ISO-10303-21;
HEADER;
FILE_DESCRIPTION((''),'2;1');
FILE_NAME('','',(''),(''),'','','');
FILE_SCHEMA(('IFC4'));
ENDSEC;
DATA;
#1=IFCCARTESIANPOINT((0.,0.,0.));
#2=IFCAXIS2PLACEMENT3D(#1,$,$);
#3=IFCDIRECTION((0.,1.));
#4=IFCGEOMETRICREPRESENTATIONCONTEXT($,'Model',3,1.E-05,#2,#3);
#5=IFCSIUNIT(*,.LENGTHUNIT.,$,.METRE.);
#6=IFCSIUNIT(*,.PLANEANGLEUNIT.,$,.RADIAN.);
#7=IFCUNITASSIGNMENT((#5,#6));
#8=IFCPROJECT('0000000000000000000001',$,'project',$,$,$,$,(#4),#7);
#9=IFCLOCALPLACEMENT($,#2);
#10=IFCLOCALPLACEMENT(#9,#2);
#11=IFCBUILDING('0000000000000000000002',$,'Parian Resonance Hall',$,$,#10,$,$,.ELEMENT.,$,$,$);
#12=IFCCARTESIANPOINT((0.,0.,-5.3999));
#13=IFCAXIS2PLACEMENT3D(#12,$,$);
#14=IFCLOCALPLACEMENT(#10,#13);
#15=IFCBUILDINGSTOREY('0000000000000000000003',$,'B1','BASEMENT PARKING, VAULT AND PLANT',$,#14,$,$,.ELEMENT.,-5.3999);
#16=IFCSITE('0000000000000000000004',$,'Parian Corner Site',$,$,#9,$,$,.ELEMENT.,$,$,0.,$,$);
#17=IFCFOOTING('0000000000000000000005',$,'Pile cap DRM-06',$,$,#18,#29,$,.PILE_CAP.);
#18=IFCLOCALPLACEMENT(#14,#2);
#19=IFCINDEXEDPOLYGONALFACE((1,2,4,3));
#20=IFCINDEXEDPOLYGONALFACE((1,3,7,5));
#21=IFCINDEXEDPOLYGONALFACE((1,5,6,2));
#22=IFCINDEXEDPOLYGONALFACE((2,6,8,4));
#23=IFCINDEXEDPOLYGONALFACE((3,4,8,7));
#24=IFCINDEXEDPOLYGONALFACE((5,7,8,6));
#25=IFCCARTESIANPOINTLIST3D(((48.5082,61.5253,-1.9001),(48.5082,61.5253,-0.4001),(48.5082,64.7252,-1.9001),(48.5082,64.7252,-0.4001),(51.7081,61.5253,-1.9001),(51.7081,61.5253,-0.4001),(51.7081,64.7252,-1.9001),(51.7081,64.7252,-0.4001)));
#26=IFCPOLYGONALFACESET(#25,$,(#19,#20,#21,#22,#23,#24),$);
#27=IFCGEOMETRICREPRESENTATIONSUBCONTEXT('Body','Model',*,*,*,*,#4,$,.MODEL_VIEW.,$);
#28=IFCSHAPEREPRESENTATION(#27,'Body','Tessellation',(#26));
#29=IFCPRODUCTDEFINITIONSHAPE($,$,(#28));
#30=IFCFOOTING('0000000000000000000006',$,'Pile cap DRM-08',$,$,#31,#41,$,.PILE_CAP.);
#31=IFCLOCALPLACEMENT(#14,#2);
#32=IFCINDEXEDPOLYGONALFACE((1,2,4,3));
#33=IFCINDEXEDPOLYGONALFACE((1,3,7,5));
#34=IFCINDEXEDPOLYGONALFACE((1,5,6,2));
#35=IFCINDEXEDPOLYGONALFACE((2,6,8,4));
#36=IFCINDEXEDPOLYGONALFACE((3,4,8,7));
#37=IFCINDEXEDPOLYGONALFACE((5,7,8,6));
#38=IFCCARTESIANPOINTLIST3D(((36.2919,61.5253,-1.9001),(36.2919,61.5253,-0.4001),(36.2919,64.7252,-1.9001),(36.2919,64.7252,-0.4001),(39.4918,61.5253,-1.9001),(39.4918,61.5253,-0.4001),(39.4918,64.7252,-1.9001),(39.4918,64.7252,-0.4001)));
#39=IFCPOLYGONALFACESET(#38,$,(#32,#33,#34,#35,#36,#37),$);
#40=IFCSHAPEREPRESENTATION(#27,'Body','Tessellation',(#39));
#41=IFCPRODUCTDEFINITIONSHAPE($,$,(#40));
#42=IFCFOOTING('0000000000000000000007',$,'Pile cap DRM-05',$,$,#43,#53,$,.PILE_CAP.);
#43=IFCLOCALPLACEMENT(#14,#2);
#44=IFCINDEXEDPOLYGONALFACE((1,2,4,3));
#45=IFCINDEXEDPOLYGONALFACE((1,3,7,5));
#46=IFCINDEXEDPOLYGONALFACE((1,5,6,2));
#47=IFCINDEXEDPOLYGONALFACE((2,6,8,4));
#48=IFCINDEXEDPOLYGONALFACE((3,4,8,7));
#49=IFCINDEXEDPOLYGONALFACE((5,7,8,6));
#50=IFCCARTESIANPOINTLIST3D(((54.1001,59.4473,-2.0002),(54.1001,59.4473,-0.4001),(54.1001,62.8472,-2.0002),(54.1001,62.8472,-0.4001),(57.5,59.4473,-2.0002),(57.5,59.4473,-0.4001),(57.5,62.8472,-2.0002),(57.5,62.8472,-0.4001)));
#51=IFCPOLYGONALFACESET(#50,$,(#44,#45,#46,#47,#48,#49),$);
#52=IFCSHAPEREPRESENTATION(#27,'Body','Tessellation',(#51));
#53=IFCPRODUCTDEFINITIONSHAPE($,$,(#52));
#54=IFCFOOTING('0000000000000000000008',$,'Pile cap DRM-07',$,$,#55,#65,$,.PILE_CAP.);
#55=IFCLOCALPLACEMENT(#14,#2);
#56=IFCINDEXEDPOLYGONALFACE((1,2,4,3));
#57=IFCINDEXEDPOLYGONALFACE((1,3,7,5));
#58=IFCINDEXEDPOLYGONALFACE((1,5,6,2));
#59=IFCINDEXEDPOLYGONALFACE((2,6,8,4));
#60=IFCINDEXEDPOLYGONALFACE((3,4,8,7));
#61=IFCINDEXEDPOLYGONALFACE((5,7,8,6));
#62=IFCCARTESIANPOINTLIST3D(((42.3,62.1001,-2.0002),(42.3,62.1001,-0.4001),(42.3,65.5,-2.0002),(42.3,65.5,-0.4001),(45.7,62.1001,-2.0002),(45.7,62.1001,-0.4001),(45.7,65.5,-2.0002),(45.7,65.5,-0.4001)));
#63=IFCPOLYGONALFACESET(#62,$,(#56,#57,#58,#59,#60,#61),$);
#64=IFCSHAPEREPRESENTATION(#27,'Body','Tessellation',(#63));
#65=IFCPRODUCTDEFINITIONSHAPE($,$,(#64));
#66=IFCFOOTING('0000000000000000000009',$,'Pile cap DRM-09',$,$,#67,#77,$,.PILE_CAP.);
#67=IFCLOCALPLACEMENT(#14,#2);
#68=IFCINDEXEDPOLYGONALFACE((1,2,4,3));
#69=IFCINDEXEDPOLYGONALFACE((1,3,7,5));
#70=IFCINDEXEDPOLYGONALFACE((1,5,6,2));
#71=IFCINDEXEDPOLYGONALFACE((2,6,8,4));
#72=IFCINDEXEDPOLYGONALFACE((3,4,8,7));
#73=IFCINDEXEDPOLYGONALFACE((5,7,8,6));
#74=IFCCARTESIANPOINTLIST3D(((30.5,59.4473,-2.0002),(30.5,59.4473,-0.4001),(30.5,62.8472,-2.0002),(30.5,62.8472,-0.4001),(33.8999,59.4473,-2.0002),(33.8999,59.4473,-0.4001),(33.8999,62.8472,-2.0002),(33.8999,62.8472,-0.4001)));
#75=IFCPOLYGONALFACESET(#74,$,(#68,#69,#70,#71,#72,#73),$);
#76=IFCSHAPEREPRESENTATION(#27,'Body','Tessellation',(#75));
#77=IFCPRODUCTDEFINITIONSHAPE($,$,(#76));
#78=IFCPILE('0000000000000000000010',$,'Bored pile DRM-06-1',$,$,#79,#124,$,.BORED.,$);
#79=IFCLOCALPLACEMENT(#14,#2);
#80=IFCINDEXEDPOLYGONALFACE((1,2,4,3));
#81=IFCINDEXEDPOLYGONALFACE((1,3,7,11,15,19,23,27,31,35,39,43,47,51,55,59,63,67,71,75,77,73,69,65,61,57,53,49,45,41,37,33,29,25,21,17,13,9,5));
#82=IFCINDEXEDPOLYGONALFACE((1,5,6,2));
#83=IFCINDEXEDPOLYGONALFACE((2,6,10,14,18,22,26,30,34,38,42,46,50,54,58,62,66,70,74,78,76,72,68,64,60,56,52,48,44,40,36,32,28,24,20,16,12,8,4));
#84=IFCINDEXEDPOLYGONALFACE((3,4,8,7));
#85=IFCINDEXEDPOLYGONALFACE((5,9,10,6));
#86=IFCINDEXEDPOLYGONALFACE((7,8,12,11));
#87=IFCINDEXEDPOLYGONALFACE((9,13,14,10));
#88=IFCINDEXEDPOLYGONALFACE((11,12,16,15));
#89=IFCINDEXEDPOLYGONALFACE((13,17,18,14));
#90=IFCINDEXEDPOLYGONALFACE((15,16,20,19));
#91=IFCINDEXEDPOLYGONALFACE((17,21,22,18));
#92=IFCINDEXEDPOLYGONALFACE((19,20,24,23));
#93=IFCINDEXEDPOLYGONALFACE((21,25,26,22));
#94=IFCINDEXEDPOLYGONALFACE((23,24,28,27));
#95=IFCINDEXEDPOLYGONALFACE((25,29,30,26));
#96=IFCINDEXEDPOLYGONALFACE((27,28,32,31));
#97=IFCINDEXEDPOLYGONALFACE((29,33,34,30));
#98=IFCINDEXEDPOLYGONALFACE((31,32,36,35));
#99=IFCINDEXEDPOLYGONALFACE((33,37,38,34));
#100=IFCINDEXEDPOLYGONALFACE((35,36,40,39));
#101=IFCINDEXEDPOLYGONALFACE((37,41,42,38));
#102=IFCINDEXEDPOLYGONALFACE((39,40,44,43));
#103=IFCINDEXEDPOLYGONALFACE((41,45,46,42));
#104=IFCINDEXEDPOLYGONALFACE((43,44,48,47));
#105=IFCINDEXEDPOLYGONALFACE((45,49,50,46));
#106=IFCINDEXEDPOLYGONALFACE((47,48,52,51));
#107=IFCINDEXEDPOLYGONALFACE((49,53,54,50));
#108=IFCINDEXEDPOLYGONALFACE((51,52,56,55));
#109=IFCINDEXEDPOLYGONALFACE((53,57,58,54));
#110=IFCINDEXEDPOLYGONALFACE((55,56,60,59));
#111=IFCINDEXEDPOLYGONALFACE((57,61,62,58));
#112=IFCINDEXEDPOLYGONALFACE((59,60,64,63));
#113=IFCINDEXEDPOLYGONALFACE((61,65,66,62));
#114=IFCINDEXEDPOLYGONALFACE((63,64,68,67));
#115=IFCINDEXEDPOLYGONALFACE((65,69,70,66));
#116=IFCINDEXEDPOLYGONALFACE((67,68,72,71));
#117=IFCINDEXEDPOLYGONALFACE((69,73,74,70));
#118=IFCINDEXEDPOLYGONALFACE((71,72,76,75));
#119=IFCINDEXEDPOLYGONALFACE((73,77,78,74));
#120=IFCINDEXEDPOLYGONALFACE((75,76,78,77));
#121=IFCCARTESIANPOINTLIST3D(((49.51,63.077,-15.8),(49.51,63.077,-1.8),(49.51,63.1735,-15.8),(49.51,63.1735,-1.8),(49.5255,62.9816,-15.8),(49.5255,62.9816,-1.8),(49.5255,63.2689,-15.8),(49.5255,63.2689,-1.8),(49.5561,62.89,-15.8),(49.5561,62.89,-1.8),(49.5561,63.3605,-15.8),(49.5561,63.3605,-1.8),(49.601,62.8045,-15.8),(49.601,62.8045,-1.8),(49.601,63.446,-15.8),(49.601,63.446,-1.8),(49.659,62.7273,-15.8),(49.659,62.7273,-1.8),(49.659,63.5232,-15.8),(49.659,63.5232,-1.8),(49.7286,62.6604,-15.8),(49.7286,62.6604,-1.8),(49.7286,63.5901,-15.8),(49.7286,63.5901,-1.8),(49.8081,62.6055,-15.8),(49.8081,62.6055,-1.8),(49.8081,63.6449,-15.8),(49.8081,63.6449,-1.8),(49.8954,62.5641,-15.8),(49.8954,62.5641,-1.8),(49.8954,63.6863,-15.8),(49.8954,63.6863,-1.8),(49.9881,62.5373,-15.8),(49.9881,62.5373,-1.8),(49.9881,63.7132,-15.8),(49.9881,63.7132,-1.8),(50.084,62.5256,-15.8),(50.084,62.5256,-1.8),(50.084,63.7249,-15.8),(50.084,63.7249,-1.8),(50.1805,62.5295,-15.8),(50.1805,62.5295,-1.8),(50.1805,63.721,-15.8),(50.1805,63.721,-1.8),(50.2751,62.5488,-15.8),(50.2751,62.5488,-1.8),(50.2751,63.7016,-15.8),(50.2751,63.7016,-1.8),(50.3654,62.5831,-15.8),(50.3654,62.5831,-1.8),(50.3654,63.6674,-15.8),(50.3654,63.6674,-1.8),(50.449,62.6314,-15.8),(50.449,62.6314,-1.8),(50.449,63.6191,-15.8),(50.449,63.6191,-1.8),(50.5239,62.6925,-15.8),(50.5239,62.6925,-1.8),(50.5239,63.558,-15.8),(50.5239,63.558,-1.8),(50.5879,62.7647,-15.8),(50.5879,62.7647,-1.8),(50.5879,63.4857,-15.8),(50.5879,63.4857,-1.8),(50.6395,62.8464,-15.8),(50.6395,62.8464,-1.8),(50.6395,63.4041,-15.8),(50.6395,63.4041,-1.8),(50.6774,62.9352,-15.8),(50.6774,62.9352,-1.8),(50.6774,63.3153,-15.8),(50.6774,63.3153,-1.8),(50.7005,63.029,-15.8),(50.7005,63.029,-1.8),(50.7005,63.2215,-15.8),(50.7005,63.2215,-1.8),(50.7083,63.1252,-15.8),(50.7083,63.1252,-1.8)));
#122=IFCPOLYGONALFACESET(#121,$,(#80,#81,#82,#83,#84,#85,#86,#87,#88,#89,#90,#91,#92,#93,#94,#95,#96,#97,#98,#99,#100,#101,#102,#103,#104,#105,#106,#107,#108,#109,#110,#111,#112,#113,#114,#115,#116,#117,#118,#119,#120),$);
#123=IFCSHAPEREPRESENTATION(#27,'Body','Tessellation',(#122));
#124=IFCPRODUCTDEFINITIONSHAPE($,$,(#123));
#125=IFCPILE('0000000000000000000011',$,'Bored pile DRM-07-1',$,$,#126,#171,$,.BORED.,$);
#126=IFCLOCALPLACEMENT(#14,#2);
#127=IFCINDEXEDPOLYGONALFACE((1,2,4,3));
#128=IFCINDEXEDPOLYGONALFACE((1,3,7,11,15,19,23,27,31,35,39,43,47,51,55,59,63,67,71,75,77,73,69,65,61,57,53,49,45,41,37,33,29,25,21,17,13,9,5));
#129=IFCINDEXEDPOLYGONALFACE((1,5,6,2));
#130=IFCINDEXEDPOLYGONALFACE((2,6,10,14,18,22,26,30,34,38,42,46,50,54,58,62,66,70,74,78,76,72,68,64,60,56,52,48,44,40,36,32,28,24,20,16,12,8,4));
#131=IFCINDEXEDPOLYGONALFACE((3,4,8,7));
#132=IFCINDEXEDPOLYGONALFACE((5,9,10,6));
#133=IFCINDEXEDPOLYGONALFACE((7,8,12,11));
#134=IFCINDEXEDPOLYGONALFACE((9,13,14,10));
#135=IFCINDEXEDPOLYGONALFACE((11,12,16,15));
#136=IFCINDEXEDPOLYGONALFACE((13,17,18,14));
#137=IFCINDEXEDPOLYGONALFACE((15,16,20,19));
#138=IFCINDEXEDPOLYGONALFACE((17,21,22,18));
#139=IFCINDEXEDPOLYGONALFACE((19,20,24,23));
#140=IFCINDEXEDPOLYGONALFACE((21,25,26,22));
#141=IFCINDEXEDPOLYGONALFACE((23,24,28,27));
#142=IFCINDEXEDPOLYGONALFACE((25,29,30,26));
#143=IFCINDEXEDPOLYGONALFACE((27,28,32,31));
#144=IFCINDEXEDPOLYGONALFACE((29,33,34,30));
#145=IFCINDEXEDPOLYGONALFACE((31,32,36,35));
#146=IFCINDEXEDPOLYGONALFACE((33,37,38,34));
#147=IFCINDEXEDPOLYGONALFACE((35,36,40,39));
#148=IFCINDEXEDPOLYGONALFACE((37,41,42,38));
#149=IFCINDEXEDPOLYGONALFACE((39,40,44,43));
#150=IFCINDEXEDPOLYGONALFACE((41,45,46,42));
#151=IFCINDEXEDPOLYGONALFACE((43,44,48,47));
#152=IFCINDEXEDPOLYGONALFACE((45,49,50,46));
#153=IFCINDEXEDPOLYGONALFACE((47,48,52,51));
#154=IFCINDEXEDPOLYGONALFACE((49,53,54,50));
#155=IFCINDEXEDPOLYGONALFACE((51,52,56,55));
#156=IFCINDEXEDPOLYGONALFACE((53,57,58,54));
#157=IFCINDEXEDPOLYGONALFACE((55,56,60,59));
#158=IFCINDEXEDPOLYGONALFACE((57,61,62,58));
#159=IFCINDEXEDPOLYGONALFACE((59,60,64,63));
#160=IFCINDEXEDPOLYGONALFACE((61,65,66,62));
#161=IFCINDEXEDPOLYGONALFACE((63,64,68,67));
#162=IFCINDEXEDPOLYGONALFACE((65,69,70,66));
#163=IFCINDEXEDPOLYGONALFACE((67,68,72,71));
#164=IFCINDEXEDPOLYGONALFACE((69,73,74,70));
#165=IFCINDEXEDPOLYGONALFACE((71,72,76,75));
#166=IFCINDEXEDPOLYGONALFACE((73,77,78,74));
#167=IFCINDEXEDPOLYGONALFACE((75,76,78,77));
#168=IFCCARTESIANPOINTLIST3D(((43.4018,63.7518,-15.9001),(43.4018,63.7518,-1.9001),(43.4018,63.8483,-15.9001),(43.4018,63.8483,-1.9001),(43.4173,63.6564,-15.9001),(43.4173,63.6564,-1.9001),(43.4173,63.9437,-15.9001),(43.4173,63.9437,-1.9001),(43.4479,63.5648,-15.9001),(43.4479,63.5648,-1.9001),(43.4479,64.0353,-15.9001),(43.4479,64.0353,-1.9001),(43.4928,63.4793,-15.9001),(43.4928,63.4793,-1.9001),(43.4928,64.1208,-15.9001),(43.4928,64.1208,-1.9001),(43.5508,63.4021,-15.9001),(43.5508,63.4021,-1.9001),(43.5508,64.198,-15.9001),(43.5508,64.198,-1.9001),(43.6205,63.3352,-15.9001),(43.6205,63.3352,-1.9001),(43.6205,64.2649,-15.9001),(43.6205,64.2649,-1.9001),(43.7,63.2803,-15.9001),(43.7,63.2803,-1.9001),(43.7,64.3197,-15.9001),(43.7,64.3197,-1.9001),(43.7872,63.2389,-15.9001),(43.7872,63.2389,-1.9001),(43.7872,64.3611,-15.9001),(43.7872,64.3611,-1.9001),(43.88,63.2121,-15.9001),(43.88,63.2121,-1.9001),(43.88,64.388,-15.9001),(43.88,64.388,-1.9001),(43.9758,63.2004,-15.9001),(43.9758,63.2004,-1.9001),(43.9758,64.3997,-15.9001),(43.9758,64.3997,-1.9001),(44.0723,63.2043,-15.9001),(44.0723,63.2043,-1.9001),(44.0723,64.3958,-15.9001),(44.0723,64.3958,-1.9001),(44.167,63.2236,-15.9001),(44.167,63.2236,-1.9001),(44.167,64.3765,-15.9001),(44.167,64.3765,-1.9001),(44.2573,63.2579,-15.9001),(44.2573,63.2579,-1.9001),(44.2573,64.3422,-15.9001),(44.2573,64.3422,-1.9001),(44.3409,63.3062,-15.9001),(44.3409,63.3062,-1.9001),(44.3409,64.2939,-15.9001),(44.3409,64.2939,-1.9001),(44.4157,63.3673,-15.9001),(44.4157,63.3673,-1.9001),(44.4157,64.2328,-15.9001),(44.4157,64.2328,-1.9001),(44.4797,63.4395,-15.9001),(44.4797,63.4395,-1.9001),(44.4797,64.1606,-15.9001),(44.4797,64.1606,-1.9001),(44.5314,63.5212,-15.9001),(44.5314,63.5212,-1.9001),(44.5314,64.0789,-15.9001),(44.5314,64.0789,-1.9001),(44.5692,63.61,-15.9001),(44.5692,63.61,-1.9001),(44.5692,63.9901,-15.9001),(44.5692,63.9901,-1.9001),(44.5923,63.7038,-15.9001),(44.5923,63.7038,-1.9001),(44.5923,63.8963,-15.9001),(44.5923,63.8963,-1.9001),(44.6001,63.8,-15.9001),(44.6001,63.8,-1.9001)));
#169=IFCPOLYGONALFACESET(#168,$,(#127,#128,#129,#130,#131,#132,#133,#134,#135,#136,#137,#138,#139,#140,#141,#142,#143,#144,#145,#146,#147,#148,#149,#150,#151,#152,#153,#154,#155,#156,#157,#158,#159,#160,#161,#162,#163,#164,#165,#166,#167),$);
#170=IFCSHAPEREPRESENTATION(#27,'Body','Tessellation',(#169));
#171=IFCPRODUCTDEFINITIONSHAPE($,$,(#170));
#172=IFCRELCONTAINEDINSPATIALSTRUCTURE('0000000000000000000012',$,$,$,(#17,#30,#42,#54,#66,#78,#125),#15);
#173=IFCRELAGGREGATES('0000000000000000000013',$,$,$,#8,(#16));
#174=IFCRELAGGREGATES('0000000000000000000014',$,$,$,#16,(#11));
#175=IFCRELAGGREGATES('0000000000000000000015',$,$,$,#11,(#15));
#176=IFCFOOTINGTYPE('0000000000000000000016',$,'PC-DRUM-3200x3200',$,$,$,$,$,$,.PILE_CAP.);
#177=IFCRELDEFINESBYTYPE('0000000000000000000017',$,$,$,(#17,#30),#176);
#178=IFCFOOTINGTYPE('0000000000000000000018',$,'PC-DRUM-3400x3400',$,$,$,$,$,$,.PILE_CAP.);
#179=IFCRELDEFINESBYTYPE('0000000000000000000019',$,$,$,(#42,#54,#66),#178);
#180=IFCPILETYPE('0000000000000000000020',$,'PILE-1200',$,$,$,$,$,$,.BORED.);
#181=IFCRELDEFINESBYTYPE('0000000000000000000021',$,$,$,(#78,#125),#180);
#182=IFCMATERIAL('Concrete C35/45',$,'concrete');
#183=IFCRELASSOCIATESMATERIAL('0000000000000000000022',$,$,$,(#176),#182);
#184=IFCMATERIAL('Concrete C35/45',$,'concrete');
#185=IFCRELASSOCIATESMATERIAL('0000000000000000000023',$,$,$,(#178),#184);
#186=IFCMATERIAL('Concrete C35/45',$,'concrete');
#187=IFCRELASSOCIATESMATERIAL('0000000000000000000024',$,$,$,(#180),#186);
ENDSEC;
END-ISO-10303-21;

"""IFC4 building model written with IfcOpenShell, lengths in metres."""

from ifc_helpers import new_model, si_unit, direction, frame, origin, origin_2d, place, context, subcontext, project, spatial, rectangle, circle, extrude, material, material_profile, profile_set, type_object, element, save


model = new_model("IFC4")

# Units and contexts
model_context = context("Model", 3, precision=1e-05, world=origin(), true_north=direction((0.0, 1.0)))
body_context = subcontext(model_context, "Body", "Model", "MODEL_VIEW")
ifc_project = project(units=[si_unit("LENGTHUNIT", "METRE"), si_unit("PLANEANGLEUNIT", "RADIAN")], contexts=[model_context])

# Site, building, storey
site_placement = place(None, origin())
site = spatial("IfcSite", under=ifc_project, at=site_placement, Name="Parian Corner Site", CompositionType="ELEMENT", RefElevation=0.0)
building_placement = place(site_placement, origin())
building = spatial("IfcBuilding", under=site, at=building_placement, Name="Parian Resonance Hall", CompositionType="ELEMENT")
storey_placement = place(building_placement, frame((0.0, 0.0, -5.3999)))
storey = spatial("IfcBuildingStorey", under=building, at=storey_placement, Name="B1", Description="BASEMENT PARKING, VAULT AND PLANT", CompositionType="ELEMENT", Elevation=-5.3999)

# Footings
ifc_material_1 = material(Name="Concrete C35/45", Category="concrete")
footing_type_1 = type_object("IfcFootingType", Name="PC-DRUM-3200x3200", PredefinedType="PILE_CAP", material=ifc_material_1)
for number, where, z_axis, x_axis, name in (
    (1, (50.1082, 63.1252, -1.9001), (0.0, 0.0, 1.0), (1.0, 0.0, 0.0), "Pile cap DRM-06"),
    (2, (37.8918, 63.1252, -1.9001), (0.0, 0.0, 1.0), (1.0, 0.0, 0.0), "Pile cap DRM-08"),
):
    element("IfcFooting", number, at=place(storey_placement, frame(where, z_axis=z_axis, x_axis=x_axis)), inside=storey, type_object=footing_type_1, Name=name, PredefinedType="PILE_CAP", context=body_context, shape_type="SweptSolid", body=[
        extrude(rectangle(XDim=3.2, YDim=3.2, at=origin_2d()), origin(), (0.0, 0.0, 1.0), 1.5),
    ])
ifc_material_2 = material(Name="Concrete C35/45", Category="concrete")
footing_type_2 = type_object("IfcFootingType", Name="PC-DRUM-3400x3400", PredefinedType="PILE_CAP", material=ifc_material_2)
for number, where, z_axis, x_axis, name in (
    (3, (55.8, 61.1472, -2.0002), (0.0, 0.0, 1.0), (1.0, 0.0, 0.0), "Pile cap DRM-05"),
    (4, (44.0, 63.8, -2.0002), (0.0, 0.0, 1.0), (1.0, 0.0, 0.0), "Pile cap DRM-07"),
    (5, (32.2, 61.1472, -2.0002), (0.0, 0.0, 1.0), (1.0, 0.0, 0.0), "Pile cap DRM-09"),
):
    element("IfcFooting", number, at=place(storey_placement, frame(where, z_axis=z_axis, x_axis=x_axis)), inside=storey, type_object=footing_type_2, Name=name, PredefinedType="PILE_CAP", context=body_context, shape_type="SweptSolid", body=[
        extrude(rectangle(XDim=3.3999, YDim=3.3999, at=origin_2d()), origin(), (0.0, 0.0, 1.0), 1.6001),
    ])

# Piles
ifc_material_3 = material(Name="Concrete C35/45", Category="concrete")
ifc_material_profile_1 = material_profile(ifc_material_3, circle(Radius=0.6001, at=origin_2d()), Name="PILE-D1200")
ifc_profile_set_1 = profile_set([ifc_material_profile_1], Name="Concrete C35/45")
pile_type = type_object("IfcPileType", Name="PILE-1200", PredefinedType="BORED", material=ifc_profile_set_1)
for number, where, z_axis, x_axis, name in (
    (6, (50.1082, 63.1252, -1.8), (0.0, 0.0, -1.0), (1.0, 0.0, 0.0), "Bored pile DRM-06-1"),
    (7, (44.0, 63.8, -1.9001), (0.0, 0.0, -1.0), (1.0, 0.0, 0.0), "Bored pile DRM-07-1"),
):
    element("IfcPile", number, at=place(storey_placement, frame(where, z_axis=z_axis, x_axis=x_axis)), inside=storey, type_object=pile_type, Name=name, PredefinedType="BORED", context=body_context, shape_type="SweptSolid", body=[
        extrude(circle(Radius=0.6001, at=origin_2d()), origin(), (0.0, 0.0, 1.0), 14.0),
    ])

save(model, "model.ifc")
